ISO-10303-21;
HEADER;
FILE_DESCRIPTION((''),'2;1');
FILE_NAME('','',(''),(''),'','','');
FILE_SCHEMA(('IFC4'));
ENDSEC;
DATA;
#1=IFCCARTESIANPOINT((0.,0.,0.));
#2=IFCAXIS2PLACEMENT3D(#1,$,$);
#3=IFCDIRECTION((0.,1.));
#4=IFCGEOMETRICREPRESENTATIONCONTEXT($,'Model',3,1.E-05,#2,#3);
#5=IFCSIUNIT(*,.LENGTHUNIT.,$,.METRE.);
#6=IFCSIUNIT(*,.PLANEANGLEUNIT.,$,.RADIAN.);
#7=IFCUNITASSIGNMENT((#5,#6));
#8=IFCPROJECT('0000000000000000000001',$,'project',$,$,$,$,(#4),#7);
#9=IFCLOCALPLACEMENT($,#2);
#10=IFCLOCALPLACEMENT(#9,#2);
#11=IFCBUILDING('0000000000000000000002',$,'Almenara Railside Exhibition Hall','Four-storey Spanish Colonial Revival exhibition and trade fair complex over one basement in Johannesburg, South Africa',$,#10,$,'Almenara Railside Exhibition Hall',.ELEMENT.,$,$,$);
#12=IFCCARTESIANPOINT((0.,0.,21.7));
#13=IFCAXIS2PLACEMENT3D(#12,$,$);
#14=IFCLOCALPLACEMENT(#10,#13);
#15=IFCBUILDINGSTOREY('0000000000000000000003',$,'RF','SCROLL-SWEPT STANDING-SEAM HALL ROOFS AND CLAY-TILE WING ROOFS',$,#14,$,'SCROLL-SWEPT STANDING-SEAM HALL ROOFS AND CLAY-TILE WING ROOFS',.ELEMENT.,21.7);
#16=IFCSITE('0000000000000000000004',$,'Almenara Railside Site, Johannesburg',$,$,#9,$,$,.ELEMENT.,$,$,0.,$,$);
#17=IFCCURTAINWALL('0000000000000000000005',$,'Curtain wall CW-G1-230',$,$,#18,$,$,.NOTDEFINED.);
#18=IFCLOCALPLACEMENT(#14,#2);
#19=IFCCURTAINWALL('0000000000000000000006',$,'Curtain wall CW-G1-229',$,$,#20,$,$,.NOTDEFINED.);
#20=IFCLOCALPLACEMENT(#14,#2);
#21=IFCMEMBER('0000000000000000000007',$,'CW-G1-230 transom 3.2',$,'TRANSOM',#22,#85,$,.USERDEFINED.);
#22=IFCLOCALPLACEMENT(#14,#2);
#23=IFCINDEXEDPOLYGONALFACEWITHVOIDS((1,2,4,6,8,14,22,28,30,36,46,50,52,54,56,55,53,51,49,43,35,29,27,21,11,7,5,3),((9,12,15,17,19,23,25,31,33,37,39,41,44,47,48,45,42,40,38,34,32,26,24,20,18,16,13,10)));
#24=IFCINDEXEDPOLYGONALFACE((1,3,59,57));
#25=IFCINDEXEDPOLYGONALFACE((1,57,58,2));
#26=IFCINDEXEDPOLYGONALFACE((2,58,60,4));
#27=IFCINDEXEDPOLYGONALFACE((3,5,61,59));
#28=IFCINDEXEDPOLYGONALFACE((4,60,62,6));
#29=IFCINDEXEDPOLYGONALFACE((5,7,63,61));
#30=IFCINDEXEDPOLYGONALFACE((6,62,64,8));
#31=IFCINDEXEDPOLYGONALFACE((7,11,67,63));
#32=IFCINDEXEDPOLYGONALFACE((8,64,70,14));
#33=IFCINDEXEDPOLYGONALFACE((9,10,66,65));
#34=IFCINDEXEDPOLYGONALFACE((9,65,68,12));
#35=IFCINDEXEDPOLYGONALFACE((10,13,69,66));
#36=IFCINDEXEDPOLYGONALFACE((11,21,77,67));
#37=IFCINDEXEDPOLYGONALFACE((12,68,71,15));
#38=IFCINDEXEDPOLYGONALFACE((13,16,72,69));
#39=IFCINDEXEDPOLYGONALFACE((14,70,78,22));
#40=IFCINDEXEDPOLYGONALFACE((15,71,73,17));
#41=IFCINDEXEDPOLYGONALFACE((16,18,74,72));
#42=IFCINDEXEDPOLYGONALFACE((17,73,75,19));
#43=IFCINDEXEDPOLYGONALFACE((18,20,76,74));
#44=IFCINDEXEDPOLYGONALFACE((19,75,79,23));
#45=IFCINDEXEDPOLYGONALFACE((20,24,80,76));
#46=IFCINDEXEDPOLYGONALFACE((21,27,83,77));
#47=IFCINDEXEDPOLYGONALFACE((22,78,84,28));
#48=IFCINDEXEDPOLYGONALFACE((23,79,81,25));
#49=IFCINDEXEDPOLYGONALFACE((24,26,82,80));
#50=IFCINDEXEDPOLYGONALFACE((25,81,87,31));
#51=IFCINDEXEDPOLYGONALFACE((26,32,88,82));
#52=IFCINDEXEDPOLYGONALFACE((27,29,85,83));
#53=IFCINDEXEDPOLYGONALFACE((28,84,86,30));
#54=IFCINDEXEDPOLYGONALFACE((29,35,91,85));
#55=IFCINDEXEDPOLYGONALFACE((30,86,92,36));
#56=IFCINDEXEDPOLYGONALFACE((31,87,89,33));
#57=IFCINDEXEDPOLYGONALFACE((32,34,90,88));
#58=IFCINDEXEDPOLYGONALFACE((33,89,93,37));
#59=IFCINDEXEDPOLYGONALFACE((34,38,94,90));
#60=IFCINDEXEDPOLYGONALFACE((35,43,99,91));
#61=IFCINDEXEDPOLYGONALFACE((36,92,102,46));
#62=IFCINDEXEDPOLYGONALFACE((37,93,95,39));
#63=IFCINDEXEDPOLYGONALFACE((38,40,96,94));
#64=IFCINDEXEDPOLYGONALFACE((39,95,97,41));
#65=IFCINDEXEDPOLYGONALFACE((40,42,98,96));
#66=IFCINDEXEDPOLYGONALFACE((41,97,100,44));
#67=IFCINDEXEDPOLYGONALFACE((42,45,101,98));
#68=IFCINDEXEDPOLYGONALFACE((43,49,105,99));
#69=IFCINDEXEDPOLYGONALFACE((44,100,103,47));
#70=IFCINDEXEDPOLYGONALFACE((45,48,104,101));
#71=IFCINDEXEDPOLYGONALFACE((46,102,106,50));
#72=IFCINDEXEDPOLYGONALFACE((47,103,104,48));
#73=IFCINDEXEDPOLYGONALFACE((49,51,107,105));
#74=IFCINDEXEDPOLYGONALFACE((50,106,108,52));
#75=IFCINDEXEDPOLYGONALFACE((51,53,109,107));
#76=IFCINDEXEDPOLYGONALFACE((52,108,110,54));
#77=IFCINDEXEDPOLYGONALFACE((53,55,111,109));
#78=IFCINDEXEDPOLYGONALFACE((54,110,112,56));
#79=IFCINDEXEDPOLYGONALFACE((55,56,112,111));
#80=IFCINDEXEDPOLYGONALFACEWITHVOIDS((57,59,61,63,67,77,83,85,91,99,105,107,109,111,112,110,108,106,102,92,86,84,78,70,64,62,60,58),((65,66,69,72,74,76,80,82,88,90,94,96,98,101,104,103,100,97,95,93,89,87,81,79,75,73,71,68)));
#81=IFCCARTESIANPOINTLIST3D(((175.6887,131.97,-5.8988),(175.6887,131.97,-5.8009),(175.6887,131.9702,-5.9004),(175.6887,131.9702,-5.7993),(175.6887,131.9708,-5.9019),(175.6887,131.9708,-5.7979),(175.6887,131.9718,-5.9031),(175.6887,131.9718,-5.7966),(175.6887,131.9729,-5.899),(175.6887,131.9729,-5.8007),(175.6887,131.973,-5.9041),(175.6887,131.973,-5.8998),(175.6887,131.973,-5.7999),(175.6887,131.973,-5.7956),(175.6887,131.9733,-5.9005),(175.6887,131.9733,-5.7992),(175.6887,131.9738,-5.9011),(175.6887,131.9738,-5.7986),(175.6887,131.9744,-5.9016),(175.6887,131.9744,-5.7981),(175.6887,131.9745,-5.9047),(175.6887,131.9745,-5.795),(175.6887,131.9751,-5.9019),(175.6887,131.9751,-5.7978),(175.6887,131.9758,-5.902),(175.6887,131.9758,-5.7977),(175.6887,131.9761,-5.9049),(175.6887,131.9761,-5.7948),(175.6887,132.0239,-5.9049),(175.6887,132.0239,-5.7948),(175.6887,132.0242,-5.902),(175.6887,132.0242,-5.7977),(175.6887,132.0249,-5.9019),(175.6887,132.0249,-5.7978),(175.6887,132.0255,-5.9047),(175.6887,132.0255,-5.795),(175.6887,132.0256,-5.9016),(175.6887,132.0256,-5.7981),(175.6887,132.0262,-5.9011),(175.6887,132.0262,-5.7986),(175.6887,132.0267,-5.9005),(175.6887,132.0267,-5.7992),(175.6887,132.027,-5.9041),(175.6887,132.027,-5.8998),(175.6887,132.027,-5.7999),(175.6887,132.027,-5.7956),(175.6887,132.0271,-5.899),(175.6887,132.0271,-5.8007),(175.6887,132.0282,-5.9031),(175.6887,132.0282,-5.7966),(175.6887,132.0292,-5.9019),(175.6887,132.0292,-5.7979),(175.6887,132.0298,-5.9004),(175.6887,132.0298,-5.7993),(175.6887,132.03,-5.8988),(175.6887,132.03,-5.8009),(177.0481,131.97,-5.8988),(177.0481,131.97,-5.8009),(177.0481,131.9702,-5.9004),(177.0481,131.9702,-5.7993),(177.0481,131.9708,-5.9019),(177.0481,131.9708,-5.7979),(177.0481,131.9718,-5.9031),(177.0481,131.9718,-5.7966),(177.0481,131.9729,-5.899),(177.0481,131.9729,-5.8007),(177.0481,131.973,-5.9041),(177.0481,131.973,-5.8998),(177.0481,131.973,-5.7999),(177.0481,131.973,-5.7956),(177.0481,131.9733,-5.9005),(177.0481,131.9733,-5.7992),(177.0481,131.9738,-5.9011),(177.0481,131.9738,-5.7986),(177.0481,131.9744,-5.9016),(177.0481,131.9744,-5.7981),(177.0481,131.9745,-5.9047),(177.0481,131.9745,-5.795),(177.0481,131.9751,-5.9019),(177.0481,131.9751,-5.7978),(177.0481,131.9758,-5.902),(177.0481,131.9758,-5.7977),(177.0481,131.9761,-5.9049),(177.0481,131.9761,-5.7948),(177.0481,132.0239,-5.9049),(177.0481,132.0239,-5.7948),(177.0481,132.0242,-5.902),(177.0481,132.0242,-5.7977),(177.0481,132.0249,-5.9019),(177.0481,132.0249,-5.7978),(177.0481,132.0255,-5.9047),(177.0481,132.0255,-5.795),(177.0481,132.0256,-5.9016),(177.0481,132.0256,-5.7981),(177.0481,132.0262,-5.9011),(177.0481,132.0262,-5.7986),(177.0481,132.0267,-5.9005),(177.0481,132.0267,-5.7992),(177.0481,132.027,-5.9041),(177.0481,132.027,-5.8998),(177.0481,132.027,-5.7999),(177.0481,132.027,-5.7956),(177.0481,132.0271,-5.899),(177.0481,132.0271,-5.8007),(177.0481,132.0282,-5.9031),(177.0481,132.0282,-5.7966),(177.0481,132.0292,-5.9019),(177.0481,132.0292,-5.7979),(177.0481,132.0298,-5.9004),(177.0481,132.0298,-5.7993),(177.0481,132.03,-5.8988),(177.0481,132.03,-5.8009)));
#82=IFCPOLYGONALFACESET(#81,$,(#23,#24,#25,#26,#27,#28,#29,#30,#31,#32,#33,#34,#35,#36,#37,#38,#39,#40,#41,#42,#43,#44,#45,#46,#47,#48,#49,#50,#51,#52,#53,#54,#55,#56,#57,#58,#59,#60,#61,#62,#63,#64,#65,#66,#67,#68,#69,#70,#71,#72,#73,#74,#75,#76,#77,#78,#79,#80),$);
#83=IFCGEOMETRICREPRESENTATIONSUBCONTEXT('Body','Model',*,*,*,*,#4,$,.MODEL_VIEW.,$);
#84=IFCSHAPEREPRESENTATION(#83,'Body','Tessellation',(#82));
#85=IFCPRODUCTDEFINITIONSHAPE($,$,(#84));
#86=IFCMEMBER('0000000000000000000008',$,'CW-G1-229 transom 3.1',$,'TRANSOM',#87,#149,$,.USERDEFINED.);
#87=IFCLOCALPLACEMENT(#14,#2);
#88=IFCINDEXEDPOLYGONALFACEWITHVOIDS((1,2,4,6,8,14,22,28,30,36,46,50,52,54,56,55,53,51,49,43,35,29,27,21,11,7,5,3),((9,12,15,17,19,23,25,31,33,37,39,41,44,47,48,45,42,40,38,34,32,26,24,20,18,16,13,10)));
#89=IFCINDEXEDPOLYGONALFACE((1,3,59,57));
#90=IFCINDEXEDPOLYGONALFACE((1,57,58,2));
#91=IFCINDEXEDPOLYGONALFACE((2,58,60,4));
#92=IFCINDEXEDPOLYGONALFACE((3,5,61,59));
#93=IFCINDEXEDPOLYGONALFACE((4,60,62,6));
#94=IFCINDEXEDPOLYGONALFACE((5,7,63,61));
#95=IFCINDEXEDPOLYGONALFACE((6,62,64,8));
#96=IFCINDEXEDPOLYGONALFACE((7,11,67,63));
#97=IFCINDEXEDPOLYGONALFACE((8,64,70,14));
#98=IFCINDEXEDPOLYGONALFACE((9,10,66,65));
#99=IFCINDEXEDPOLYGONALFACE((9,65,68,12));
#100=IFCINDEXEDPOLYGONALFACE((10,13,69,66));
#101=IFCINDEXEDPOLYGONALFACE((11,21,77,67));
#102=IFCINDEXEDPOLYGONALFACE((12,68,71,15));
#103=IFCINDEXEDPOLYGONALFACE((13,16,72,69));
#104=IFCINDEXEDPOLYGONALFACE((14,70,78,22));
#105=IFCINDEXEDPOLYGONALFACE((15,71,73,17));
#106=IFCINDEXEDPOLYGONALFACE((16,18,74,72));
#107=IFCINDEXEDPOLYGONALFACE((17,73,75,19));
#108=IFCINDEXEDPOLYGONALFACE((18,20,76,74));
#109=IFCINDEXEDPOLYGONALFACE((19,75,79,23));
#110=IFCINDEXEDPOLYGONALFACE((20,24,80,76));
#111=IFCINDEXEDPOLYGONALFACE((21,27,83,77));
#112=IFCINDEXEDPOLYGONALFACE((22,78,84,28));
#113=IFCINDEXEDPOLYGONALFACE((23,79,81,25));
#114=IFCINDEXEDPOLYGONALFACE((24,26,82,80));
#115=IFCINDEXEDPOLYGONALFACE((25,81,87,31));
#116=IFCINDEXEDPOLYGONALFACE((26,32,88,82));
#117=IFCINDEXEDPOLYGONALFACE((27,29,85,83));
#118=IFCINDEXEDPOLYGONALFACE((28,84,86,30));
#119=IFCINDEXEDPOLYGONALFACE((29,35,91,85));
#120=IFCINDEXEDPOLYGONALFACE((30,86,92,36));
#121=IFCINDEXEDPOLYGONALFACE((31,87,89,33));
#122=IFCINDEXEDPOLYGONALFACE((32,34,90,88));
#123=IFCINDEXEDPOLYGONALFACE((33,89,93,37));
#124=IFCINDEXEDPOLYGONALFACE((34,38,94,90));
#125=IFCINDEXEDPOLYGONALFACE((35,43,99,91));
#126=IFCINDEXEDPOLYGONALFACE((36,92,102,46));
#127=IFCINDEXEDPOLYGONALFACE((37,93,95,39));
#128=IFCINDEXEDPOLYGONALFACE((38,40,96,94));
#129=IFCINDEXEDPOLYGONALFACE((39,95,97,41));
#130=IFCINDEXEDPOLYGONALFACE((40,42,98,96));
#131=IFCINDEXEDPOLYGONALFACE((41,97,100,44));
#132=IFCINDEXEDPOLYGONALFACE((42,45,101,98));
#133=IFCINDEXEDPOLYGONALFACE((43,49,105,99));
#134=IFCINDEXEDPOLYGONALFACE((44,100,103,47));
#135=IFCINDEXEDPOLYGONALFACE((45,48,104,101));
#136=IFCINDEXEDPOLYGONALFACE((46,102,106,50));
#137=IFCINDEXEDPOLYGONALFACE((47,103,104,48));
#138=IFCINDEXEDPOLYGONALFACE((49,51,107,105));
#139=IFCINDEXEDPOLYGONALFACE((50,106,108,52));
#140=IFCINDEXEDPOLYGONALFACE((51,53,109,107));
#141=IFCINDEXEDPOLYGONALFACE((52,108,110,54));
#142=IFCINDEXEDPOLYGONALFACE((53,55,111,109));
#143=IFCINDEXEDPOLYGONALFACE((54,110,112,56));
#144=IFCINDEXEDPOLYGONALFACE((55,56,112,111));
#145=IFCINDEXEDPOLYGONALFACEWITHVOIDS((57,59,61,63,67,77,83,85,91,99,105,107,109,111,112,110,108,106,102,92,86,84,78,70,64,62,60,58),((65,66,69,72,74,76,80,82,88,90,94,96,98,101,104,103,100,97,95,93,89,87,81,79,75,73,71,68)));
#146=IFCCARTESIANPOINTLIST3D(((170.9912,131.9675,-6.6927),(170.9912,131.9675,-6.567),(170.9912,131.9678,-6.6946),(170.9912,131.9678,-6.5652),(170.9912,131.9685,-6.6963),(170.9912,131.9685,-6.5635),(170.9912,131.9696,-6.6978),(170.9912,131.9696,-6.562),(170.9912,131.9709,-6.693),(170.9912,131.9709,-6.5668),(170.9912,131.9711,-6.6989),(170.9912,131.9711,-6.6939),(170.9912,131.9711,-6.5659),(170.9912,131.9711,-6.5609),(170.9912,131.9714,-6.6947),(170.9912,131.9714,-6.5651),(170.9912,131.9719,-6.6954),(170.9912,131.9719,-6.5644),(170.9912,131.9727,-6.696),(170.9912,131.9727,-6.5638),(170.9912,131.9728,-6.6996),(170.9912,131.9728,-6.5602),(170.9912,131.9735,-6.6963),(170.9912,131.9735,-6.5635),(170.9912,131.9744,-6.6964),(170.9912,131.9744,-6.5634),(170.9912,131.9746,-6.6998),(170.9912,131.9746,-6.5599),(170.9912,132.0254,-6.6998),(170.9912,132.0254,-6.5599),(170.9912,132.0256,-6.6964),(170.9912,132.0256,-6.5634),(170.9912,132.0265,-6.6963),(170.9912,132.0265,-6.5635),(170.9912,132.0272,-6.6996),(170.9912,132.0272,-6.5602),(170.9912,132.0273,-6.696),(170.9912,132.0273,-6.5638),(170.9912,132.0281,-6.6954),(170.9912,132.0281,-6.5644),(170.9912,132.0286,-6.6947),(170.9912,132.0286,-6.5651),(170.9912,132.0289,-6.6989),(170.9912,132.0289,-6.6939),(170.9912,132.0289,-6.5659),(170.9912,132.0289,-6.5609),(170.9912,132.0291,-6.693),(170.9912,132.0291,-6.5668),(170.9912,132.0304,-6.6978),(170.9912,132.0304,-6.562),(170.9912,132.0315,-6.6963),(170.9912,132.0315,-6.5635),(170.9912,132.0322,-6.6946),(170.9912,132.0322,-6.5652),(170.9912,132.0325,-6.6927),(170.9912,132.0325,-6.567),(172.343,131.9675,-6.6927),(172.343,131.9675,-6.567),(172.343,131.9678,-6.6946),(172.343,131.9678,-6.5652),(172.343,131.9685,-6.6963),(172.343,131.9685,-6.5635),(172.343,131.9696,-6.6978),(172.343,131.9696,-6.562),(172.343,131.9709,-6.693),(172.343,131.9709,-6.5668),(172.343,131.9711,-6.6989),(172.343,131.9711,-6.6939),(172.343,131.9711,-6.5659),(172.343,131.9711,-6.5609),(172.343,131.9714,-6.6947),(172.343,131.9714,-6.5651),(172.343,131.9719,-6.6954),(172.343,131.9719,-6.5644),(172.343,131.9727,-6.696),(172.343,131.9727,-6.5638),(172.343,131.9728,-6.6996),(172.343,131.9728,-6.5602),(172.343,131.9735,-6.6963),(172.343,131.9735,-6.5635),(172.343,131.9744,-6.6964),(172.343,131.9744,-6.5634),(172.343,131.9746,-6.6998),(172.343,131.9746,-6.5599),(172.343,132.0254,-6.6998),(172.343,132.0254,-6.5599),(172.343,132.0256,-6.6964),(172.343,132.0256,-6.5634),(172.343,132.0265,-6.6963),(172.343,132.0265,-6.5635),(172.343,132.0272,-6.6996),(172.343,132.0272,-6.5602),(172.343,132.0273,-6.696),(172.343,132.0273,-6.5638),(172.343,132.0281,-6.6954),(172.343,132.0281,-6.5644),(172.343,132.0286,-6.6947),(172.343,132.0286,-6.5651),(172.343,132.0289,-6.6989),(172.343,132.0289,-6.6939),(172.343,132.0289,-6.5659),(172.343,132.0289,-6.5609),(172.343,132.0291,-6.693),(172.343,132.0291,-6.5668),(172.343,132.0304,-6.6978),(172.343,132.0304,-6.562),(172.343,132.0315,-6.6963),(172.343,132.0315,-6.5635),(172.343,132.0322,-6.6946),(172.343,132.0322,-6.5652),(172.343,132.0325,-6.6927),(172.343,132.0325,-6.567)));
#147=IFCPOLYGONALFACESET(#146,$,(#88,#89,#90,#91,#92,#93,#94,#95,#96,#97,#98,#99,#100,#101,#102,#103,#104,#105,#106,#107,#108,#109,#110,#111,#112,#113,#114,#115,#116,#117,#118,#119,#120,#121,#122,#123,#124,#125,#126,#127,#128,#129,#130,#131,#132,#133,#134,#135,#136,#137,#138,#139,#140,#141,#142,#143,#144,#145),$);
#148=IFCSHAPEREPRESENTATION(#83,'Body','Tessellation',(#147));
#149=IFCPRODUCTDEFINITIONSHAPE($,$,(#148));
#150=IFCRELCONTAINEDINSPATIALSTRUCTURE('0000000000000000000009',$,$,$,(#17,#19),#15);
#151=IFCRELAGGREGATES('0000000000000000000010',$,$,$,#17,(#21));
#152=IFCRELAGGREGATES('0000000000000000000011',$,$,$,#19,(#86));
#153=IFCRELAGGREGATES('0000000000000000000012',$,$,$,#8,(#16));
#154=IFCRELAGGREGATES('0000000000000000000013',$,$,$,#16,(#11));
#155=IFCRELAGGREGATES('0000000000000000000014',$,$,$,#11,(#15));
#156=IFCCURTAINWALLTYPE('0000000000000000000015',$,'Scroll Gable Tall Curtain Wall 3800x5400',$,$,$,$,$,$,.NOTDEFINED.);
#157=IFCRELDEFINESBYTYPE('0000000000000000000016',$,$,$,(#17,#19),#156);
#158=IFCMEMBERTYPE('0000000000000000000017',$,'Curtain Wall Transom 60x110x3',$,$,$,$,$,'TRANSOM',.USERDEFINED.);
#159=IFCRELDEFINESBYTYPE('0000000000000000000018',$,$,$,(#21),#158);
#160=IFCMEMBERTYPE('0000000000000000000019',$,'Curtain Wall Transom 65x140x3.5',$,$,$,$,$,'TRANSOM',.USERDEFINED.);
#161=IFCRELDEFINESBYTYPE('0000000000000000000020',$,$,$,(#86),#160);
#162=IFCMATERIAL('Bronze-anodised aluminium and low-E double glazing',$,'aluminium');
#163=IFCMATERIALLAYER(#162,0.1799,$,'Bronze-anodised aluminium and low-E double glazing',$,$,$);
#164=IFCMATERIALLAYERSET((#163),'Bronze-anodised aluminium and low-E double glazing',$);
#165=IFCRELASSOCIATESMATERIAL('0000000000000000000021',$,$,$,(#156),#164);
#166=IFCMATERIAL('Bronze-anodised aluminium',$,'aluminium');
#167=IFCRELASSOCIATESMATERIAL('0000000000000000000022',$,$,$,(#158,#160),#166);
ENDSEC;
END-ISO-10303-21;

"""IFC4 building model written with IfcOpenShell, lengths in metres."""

from ifc_helpers import new_model, si_unit, direction, frame, origin, origin_2d, place, context, subcontext, project, spatial, hollow_rectangle, extrude, material, layer, layer_set, material_profile, profile_set, type_object, element, aggregate, save


model = new_model("IFC4")

# Units and contexts
model_context = context("Model", 3, precision=1e-05, world=origin(), true_north=direction((0.0, 1.0)))
body_context = subcontext(model_context, "Body", "Model", "MODEL_VIEW")
ifc_project = project(units=[si_unit("LENGTHUNIT", "METRE"), si_unit("PLANEANGLEUNIT", "RADIAN")], contexts=[model_context])

# Site, building, storey
site_placement = place(None, origin())
site = spatial("IfcSite", under=ifc_project, at=site_placement, Name="Almenara Railside Site, Johannesburg", CompositionType="ELEMENT", RefElevation=0.0)
building_placement = place(site_placement, origin())
building = spatial("IfcBuilding", under=site, at=building_placement, Name="Almenara Railside Exhibition Hall", Description="Four-storey Spanish Colonial Revival exhibition and trade fair complex over one basement in Johannesburg, South Africa", LongName="Almenara Railside Exhibition Hall", CompositionType="ELEMENT")
storey_placement = place(building_placement, frame((0.0, 0.0, 21.7)))
storey = spatial("IfcBuildingStorey", under=building, at=storey_placement, Name="RF", Description="SCROLL-SWEPT STANDING-SEAM HALL ROOFS AND CLAY-TILE WING ROOFS", LongName="SCROLL-SWEPT STANDING-SEAM HALL ROOFS AND CLAY-TILE WING ROOFS", CompositionType="ELEMENT", Elevation=21.7)

# Curtain walls
ifc_material_1 = material(Name="Bronze-anodised aluminium and low-E double glazing", Category="aluminium")
ifc_layer_1 = layer(ifc_material_1, 0.1799, Name="Bronze-anodised aluminium and low-E double glazing")
ifc_layer_set_1 = layer_set([ifc_layer_1], Name="Bronze-anodised aluminium and low-E double glazing")
curtain_wall_type = type_object("IfcCurtainWallType", Name="Scroll Gable Tall Curtain Wall 3800x5400", PredefinedType="NOTDEFINED", material=ifc_layer_set_1)
ifc_material_2 = material(Name="Bronze-anodised aluminium", Category="aluminium")
curtain_wall_1_placement = place(storey_placement, origin())
curtain_wall_1 = element("IfcCurtainWall", 1, at=curtain_wall_1_placement, inside=storey, type_object=curtain_wall_type, Name="Curtain wall CW-G1-230", PredefinedType="NOTDEFINED")
curtain_wall_2_placement = place(storey_placement, origin())
curtain_wall_2 = element("IfcCurtainWall", 2, at=curtain_wall_2_placement, inside=storey, type_object=curtain_wall_type, Name="Curtain wall CW-G1-229", PredefinedType="NOTDEFINED")

# Members
ifc_material_profile_1 = material_profile(ifc_material_2, hollow_rectangle(XDim=0.0601, YDim=0.1101, WallThickness=0.0029, InnerFilletRadius=0.0029, OuterFilletRadius=0.0061, at=origin_2d()), Name="ALU-TRN 60x110x3")
ifc_profile_set_1 = profile_set([ifc_material_profile_1], Name="Bronze-anodised aluminium")
member_type_1 = type_object("IfcMemberType", Name="Curtain Wall Transom 60x110x3", ElementType="TRANSOM", PredefinedType="USERDEFINED", material=ifc_profile_set_1)
member_1_placement = place(storey_placement, frame((175.6887, 132.0, -5.8499), z_axis=(1.0, 0.0, 0.0), x_axis=(0.0, 1.0, 0.0)))
member_1 = element("IfcMember", 3, at=member_1_placement, type_object=member_type_1, Name="CW-G1-230 transom 3.2", ObjectType="TRANSOM", PredefinedType="USERDEFINED", context=body_context, shape_type="SweptSolid", body=[
    extrude(hollow_rectangle(XDim=0.0601, YDim=0.1101, WallThickness=0.0029, InnerFilletRadius=0.0029, OuterFilletRadius=0.0061, at=origin_2d()), origin(), (0.0, 0.0, 1.0), 1.3594),
])
ifc_material_profile_2 = material_profile(ifc_material_2, hollow_rectangle(XDim=0.0649, YDim=0.1399, WallThickness=0.0034, InnerFilletRadius=0.0034, OuterFilletRadius=0.0071, at=origin_2d()), Name="ALU-TRN 65x140x3.5")
ifc_profile_set_2 = profile_set([ifc_material_profile_2], Name="Bronze-anodised aluminium")
member_type_2 = type_object("IfcMemberType", Name="Curtain Wall Transom 65x140x3.5", ElementType="TRANSOM", PredefinedType="USERDEFINED", material=ifc_profile_set_2)
member_2_placement = place(storey_placement, frame((170.9912, 132.0, -6.6299), z_axis=(1.0, 0.0, 0.0), x_axis=(0.0, 1.0, 0.0)))
member_2 = element("IfcMember", 4, at=member_2_placement, type_object=member_type_2, Name="CW-G1-229 transom 3.1", ObjectType="TRANSOM", PredefinedType="USERDEFINED", context=body_context, shape_type="SweptSolid", body=[
    extrude(hollow_rectangle(XDim=0.0649, YDim=0.1399, WallThickness=0.0034, InnerFilletRadius=0.0034, OuterFilletRadius=0.0071, at=origin_2d()), origin(), (0.0, 0.0, 1.0), 1.3518),
])

aggregate(curtain_wall_1, [member_1])
aggregate(curtain_wall_2, [member_2])

save(model, "model.ifc")
